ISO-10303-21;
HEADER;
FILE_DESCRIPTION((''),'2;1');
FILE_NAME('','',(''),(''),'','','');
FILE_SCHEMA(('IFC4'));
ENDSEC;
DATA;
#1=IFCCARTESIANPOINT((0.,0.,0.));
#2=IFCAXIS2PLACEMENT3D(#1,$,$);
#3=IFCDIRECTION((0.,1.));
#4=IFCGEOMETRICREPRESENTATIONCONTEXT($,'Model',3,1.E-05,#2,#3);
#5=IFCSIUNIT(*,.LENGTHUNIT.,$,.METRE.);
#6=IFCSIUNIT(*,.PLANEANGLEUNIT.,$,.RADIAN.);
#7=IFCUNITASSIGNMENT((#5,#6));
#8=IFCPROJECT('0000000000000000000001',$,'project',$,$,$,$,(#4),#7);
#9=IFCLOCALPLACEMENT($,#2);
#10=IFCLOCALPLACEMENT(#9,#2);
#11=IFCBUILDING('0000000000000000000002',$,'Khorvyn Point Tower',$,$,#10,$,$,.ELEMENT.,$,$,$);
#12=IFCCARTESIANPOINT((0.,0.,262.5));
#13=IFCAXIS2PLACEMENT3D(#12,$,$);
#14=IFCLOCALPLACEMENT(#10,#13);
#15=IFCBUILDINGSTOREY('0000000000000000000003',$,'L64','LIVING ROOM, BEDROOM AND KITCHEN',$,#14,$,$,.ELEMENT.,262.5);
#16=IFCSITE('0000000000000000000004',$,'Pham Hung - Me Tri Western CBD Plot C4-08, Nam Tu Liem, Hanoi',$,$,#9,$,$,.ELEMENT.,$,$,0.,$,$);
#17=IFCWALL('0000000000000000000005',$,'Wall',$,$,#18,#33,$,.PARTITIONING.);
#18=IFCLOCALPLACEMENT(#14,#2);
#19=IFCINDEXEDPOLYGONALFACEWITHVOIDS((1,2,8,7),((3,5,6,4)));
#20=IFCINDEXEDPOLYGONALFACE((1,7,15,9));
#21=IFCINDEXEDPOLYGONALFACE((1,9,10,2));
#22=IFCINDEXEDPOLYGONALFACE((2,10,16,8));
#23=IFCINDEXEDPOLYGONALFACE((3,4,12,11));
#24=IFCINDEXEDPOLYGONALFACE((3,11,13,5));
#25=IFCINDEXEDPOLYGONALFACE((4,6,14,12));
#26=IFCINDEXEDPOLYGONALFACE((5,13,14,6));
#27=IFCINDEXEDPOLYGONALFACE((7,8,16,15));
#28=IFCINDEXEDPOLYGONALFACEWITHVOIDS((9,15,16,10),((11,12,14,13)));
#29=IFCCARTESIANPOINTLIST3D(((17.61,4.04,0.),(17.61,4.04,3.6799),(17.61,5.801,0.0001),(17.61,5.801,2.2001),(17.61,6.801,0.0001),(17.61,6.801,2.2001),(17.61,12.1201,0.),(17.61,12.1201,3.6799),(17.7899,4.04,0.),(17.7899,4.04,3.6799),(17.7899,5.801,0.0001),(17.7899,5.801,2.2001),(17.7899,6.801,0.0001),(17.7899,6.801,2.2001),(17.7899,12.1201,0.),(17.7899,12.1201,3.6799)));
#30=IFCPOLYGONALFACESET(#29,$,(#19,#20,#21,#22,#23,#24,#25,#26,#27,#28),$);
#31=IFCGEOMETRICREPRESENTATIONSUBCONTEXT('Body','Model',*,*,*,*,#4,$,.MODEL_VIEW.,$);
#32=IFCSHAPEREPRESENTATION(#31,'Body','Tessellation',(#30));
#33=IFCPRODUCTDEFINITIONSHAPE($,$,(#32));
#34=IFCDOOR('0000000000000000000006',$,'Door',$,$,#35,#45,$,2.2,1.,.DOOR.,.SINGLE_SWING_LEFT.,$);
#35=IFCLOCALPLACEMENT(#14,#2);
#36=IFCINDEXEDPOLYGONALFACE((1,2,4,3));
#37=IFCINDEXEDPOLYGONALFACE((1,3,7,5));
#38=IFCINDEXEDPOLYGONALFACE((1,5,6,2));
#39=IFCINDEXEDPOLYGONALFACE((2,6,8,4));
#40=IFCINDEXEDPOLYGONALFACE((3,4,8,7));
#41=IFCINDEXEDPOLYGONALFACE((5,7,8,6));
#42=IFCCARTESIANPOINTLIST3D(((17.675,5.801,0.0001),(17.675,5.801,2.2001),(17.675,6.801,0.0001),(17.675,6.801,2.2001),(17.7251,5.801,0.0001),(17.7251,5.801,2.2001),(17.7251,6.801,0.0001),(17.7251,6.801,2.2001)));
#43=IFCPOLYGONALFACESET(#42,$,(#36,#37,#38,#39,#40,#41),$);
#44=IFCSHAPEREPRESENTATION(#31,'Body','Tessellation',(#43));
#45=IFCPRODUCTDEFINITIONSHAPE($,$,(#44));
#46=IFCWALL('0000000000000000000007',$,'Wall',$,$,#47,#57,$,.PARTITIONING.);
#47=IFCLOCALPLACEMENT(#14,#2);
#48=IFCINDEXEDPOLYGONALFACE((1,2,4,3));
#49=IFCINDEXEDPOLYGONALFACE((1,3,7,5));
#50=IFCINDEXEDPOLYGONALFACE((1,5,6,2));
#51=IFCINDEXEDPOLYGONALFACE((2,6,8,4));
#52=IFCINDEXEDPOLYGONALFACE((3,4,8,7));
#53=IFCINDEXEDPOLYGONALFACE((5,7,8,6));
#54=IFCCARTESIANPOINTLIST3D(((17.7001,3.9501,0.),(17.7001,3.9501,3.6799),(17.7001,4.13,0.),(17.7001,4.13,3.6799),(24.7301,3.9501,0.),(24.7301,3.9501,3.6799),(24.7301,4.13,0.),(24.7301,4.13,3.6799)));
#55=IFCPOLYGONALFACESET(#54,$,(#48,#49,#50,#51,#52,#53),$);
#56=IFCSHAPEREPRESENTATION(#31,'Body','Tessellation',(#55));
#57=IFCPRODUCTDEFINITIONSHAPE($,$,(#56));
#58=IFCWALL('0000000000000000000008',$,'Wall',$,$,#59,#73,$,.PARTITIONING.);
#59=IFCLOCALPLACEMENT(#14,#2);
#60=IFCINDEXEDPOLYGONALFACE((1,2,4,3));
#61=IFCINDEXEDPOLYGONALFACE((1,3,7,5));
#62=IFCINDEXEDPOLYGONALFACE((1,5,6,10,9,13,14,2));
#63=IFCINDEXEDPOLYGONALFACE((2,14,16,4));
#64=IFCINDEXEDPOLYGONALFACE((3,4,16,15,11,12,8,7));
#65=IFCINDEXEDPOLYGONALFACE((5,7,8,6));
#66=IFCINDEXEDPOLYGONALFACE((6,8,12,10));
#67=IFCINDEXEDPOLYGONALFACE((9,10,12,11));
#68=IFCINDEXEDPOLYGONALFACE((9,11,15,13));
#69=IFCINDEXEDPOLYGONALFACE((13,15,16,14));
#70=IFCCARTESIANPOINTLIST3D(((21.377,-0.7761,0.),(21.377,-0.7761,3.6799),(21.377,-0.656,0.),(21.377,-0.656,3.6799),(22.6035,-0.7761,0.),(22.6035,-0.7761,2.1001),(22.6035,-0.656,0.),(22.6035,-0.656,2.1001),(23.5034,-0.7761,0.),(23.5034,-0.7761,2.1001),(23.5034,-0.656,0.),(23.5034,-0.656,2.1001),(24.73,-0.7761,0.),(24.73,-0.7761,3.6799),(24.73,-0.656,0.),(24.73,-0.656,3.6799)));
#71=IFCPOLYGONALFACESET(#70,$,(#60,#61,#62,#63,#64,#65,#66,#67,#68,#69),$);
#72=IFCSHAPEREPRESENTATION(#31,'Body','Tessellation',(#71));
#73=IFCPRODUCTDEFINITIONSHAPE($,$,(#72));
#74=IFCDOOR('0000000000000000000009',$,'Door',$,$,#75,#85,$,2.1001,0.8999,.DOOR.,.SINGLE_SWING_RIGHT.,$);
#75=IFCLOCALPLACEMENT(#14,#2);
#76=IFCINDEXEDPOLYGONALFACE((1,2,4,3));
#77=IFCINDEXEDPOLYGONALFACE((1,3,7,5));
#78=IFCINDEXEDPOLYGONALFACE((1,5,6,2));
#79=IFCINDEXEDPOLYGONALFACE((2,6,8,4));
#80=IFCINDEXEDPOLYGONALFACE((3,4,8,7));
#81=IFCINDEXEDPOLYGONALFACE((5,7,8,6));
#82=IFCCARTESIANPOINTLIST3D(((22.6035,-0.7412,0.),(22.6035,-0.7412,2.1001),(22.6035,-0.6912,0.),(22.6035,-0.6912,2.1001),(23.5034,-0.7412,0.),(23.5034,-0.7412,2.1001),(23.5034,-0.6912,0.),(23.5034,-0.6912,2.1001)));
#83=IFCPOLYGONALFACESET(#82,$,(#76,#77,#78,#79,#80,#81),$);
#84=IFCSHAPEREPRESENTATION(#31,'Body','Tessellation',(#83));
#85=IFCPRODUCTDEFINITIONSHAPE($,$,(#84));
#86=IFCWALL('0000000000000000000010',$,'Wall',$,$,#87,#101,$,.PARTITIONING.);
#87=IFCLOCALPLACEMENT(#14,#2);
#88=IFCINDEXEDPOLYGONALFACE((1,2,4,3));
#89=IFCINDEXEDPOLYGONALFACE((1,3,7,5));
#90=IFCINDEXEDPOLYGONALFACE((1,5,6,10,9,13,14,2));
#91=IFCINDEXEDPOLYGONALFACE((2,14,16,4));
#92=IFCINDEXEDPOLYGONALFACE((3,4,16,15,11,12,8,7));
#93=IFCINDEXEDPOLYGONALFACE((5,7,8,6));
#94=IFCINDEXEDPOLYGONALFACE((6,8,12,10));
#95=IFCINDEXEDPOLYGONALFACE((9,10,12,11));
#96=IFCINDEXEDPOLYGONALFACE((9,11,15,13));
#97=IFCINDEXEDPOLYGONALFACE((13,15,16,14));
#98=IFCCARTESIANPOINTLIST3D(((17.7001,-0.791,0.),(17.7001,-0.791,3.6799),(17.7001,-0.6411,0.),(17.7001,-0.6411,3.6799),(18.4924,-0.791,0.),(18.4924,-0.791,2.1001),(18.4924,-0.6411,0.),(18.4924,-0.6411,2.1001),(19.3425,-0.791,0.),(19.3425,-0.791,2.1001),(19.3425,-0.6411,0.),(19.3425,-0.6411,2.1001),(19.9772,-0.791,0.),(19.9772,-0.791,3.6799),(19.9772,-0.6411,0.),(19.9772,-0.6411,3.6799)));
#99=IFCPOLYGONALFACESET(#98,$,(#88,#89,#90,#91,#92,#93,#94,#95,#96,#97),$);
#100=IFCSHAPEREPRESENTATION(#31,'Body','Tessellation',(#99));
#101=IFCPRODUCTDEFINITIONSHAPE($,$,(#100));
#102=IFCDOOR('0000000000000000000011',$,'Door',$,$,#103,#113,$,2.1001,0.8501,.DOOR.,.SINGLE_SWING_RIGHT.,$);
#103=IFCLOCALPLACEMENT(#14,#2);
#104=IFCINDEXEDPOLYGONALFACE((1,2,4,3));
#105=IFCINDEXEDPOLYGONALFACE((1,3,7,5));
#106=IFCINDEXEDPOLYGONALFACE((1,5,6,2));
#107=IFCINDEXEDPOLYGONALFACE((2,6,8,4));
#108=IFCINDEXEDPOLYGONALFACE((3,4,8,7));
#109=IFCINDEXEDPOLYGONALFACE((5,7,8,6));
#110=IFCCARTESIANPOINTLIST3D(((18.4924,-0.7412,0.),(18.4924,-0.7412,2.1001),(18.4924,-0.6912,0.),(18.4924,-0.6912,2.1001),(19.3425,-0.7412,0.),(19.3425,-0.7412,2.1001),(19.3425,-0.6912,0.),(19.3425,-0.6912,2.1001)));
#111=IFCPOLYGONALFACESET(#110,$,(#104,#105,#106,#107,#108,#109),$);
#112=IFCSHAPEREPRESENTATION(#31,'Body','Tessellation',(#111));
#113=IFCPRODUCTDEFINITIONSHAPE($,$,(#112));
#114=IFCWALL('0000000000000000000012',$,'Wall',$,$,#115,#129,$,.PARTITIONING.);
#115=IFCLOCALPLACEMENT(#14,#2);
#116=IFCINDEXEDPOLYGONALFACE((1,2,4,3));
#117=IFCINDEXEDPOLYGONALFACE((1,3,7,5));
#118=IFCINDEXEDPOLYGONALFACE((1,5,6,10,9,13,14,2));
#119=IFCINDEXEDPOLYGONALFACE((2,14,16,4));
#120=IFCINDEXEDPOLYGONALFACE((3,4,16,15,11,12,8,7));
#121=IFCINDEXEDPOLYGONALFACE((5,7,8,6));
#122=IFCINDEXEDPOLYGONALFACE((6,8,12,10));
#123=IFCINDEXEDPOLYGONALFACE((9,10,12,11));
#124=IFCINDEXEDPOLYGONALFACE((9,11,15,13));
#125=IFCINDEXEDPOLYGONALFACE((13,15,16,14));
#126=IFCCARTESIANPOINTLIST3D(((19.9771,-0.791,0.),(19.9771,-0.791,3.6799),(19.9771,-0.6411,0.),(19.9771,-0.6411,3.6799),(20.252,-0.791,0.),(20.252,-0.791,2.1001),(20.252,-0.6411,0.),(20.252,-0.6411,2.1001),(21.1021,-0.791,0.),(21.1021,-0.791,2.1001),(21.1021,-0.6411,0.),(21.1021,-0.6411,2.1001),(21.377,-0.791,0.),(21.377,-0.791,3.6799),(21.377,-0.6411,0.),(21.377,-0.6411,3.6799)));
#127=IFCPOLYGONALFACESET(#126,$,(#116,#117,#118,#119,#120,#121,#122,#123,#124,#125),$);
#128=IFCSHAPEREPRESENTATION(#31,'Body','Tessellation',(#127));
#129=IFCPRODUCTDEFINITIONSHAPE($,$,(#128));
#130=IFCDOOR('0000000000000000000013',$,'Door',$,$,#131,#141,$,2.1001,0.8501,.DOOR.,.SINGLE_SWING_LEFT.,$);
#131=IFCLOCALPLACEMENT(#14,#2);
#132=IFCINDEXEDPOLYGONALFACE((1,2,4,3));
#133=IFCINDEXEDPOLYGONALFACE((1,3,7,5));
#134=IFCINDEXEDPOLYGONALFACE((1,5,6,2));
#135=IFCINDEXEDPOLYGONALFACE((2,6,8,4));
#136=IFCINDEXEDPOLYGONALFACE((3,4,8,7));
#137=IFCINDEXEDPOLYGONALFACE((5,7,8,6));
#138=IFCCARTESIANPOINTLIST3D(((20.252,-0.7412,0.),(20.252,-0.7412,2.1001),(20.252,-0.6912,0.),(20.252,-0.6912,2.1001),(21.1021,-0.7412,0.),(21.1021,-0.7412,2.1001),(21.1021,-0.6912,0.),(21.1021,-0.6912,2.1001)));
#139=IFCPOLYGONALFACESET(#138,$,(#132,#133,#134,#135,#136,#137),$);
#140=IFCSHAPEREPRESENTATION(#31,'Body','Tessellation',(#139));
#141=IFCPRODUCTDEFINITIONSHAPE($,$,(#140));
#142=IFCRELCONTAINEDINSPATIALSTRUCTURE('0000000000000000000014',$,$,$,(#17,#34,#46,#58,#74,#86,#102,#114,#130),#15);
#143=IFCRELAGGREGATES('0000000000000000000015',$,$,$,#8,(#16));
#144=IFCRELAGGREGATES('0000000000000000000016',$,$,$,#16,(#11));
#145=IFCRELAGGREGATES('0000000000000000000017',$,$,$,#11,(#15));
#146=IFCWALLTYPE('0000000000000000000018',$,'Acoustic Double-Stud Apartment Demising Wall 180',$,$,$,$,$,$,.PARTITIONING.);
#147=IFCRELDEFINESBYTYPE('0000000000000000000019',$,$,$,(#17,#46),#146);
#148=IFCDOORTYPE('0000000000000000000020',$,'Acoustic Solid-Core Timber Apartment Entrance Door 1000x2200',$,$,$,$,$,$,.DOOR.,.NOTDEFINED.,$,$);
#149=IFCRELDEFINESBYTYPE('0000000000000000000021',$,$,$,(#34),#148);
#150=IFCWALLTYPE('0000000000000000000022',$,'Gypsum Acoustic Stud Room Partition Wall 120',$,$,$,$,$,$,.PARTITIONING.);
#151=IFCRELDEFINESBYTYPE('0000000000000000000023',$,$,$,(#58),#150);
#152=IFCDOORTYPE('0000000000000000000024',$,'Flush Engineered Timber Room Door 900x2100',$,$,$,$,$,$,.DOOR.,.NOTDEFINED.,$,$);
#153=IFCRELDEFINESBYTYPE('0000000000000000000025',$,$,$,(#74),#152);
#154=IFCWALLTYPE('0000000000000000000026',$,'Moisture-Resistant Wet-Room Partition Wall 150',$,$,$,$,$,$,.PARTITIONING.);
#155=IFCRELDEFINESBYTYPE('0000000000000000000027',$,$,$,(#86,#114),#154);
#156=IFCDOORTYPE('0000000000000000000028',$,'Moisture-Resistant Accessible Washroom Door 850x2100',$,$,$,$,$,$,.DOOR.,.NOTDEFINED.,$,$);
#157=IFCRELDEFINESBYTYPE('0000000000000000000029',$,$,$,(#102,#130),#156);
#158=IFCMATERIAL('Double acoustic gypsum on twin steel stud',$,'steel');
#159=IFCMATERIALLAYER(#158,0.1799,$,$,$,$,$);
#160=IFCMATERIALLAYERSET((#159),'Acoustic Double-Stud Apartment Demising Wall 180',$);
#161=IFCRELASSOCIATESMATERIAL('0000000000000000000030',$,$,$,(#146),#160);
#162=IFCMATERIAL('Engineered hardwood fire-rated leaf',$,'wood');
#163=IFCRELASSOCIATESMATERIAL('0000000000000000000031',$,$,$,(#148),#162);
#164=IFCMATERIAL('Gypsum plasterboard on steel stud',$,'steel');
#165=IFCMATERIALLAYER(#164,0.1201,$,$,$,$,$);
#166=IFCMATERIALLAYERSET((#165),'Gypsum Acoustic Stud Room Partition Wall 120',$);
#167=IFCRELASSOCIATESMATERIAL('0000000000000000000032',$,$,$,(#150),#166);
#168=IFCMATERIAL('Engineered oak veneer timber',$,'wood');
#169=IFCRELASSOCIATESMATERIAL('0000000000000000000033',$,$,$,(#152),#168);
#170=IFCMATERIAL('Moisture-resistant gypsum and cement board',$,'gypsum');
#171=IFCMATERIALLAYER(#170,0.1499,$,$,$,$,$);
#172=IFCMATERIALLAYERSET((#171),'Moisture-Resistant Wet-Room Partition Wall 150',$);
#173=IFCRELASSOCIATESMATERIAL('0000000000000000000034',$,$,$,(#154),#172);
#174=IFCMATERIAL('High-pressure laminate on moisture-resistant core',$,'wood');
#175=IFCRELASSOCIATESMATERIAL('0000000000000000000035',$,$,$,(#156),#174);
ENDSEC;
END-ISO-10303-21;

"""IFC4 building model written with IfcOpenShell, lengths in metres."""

from ifc_helpers import new_model, si_unit, direction, frame, frame_2d, origin, place, context, subcontext, project, spatial, rectangle, extrude, material, layer, layer_set, type_object, element, fill, save


model = new_model("IFC4")

# Units and contexts
model_context = context("Model", 3, precision=1e-05, world=origin(), true_north=direction((0.0, 1.0)))
body_context = subcontext(model_context, "Body", "Model", "MODEL_VIEW")
ifc_project = project(units=[si_unit("LENGTHUNIT", "METRE"), si_unit("PLANEANGLEUNIT", "RADIAN")], contexts=[model_context])

# Site, building, storey
site_placement = place(None, origin())
site = spatial("IfcSite", under=ifc_project, at=site_placement, Name="Pham Hung - Me Tri Western CBD Plot C4-08, Nam Tu Liem, Hanoi", CompositionType="ELEMENT", RefElevation=0.0)
building_placement = place(site_placement, origin())
building = spatial("IfcBuilding", under=site, at=building_placement, Name="Khorvyn Point Tower", CompositionType="ELEMENT")
storey_placement = place(building_placement, frame((0.0, 0.0, 262.5)))
storey = spatial("IfcBuildingStorey", under=building, at=storey_placement, Name="L64", Description="LIVING ROOM, BEDROOM AND KITCHEN", CompositionType="ELEMENT", Elevation=262.5)

# Wall, opening, door
ifc_material_1 = material(Name="Double acoustic gypsum on twin steel stud", Category="steel")
ifc_layer_1 = layer(ifc_material_1, 0.1799)
ifc_layer_set_1 = layer_set([ifc_layer_1], Name="Acoustic Double-Stud Apartment Demising Wall 180")
wall_type_1 = type_object("IfcWallType", Name="Acoustic Double-Stud Apartment Demising Wall 180", PredefinedType="PARTITIONING", material=ifc_layer_set_1)
wall_1_placement = place(storey_placement, frame((17.7, 4.04, 0.0), z_axis=(0.0, 0.0, 1.0), x_axis=(0.0, 1.0, 0.0)))
wall_1 = element("IfcWall", 1, at=wall_1_placement, inside=storey, type_object=wall_type_1, Name="Wall", PredefinedType="PARTITIONING", context=body_context, shape_type="SweptSolid", body=[
    extrude(rectangle(XDim=8.0801, YDim=0.1799, at=frame_2d((4.04, 0.0))), origin(), (0.0, 0.0, 1.0), 3.6799),
])
opening_1_placement = place(wall_1_placement, frame((1.761, 0.0, 0.0)))
opening_1 = element("IfcOpeningElement", 2, at=opening_1_placement, cuts=wall_1, PredefinedType="OPENING", context=body_context, shape_type="SweptSolid", body=[
    extrude(rectangle(XDim=1.0, YDim=2.2, at=frame_2d((0.5, 1.1001))), frame((0.0, 0.0999, 0.0), z_axis=(0.0, -1.0, 0.0), x_axis=(1.0, 0.0, 0.0)), (0.0, 0.0, 1.0), 0.2),
])
ifc_material_2 = material(Name="Engineered hardwood fire-rated leaf", Category="wood")
door_type_1 = type_object("IfcDoorType", Name="Acoustic Solid-Core Timber Apartment Entrance Door 1000x2200", OperationType="NOTDEFINED", PredefinedType="DOOR", material=ifc_material_2)
door_1_placement = place(opening_1_placement, origin())
door_1 = element("IfcDoor", 3, at=door_1_placement, inside=storey, type_object=door_type_1, Name="Door", OperationType="SINGLE_SWING_LEFT", OverallHeight=2.2, OverallWidth=1.0, PredefinedType="DOOR", context=body_context, shape_type="SweptSolid", body=[
    extrude(rectangle(XDim=1.0, YDim=2.2, at=frame_2d((0.5, 1.1001))), frame((0.0, 0.0249, 0.0), z_axis=(0.0, -1.0, 0.0), x_axis=(1.0, 0.0, 0.0)), (0.0, 0.0, 1.0), 0.05),
])
fill(opening_1, door_1)

# Wall
wall_2_placement = place(storey_placement, frame((17.7, 4.04, 0.0), z_axis=(0.0, 0.0, 1.0), x_axis=(1.0, 0.0, 0.0)))
element("IfcWall", 4, at=wall_2_placement, inside=storey, type_object=wall_type_1, Name="Wall", PredefinedType="PARTITIONING", context=body_context, shape_type="SweptSolid", body=[
    extrude(rectangle(XDim=7.03, YDim=0.1799, at=frame_2d((3.5151, 0.0))), origin(), (0.0, 0.0, 1.0), 3.6799),
])

# Walls, openings, doors
ifc_material_3 = material(Name="Gypsum plasterboard on steel stud", Category="steel")
ifc_layer_2 = layer(ifc_material_3, 0.1201)
ifc_layer_set_2 = layer_set([ifc_layer_2], Name="Gypsum Acoustic Stud Room Partition Wall 120")
wall_type_2 = type_object("IfcWallType", Name="Gypsum Acoustic Stud Room Partition Wall 120", PredefinedType="PARTITIONING", material=ifc_layer_set_2)
wall_3_placement = place(storey_placement, frame((21.377, -0.7161, 0.0), z_axis=(0.0, 0.0, 1.0), x_axis=(1.0, 0.0, 0.0)))
wall_3 = element("IfcWall", 5, at=wall_3_placement, inside=storey, type_object=wall_type_2, Name="Wall", PredefinedType="PARTITIONING", context=body_context, shape_type="SweptSolid", body=[
    extrude(rectangle(XDim=3.353, YDim=0.1201, at=frame_2d((1.6765, 0.0))), origin(), (0.0, 0.0, 1.0), 3.6799),
])
opening_2_placement = place(wall_3_placement, frame((1.2266, 0.0, 0.0)))
opening_2 = element("IfcOpeningElement", 6, at=opening_2_placement, cuts=wall_3, PredefinedType="OPENING", context=body_context, shape_type="SweptSolid", body=[
    extrude(rectangle(XDim=0.8999, YDim=2.1001, at=frame_2d((0.45, 1.05))), frame((0.0, 0.0701, 0.0), z_axis=(0.0, -1.0, 0.0), x_axis=(1.0, 0.0, 0.0)), (0.0, 0.0, 1.0), 0.1401),
])
ifc_material_4 = material(Name="Engineered oak veneer timber", Category="wood")
door_type_2 = type_object("IfcDoorType", Name="Flush Engineered Timber Room Door 900x2100", OperationType="NOTDEFINED", PredefinedType="DOOR", material=ifc_material_4)
door_2_placement = place(opening_2_placement, origin())
door_2 = element("IfcDoor", 7, at=door_2_placement, inside=storey, type_object=door_type_2, Name="Door", OperationType="SINGLE_SWING_RIGHT", OverallHeight=2.1001, OverallWidth=0.8999, PredefinedType="DOOR", context=body_context, shape_type="SweptSolid", body=[
    extrude(rectangle(XDim=0.8999, YDim=2.1001, at=frame_2d((0.45, 1.05))), frame((0.0, 0.0249, 0.0), z_axis=(0.0, -1.0, 0.0), x_axis=(1.0, 0.0, 0.0)), (0.0, 0.0, 1.0), 0.05),
])
fill(opening_2, door_2)
ifc_material_5 = material(Name="Moisture-resistant gypsum and cement board", Category="gypsum")
ifc_layer_3 = layer(ifc_material_5, 0.1499)
ifc_layer_set_3 = layer_set([ifc_layer_3], Name="Moisture-Resistant Wet-Room Partition Wall 150")
wall_type_3 = type_object("IfcWallType", Name="Moisture-Resistant Wet-Room Partition Wall 150", PredefinedType="PARTITIONING", material=ifc_layer_set_3)
wall_4_placement = place(storey_placement, frame((17.7, -0.7161, 0.0), z_axis=(0.0, 0.0, 1.0), x_axis=(1.0, 0.0, 0.0)))
wall_4 = element("IfcWall", 8, at=wall_4_placement, inside=storey, type_object=wall_type_3, Name="Wall", PredefinedType="PARTITIONING", context=body_context, shape_type="SweptSolid", body=[
    extrude(rectangle(XDim=2.2771, YDim=0.1499, at=frame_2d((1.1387, 0.0))), origin(), (0.0, 0.0, 1.0), 3.6799),
])
opening_3_placement = place(wall_4_placement, frame((0.7925, 0.0, 0.0)))
opening_3 = element("IfcOpeningElement", 9, at=opening_3_placement, cuts=wall_4, PredefinedType="OPENING", context=body_context, shape_type="SweptSolid", body=[
    extrude(rectangle(XDim=0.8501, YDim=2.1001, at=frame_2d((0.425, 1.05))), frame((0.0, 0.085, 0.0), z_axis=(0.0, -1.0, 0.0), x_axis=(1.0, 0.0, 0.0)), (0.0, 0.0, 1.0), 0.1699),
])
ifc_material_6 = material(Name="High-pressure laminate on moisture-resistant core", Category="wood")
door_type_3 = type_object("IfcDoorType", Name="Moisture-Resistant Accessible Washroom Door 850x2100", OperationType="NOTDEFINED", PredefinedType="DOOR", material=ifc_material_6)
door_3_placement = place(opening_3_placement, origin())
door_3 = element("IfcDoor", 10, at=door_3_placement, inside=storey, type_object=door_type_3, Name="Door", OperationType="SINGLE_SWING_RIGHT", OverallHeight=2.1001, OverallWidth=0.8501, PredefinedType="DOOR", context=body_context, shape_type="SweptSolid", body=[
    extrude(rectangle(XDim=0.8501, YDim=2.1001, at=frame_2d((0.425, 1.05))), frame((0.0, 0.0249, 0.0), z_axis=(0.0, -1.0, 0.0), x_axis=(1.0, 0.0, 0.0)), (0.0, 0.0, 1.0), 0.05),
])
fill(opening_3, door_3)
wall_5_placement = place(storey_placement, frame((19.9771, -0.7161, 0.0), z_axis=(0.0, 0.0, 1.0), x_axis=(1.0, 0.0, 0.0)))
wall_5 = element("IfcWall", 11, at=wall_5_placement, inside=storey, type_object=wall_type_3, Name="Wall", PredefinedType="PARTITIONING", context=body_context, shape_type="SweptSolid", body=[
    extrude(rectangle(XDim=1.3999, YDim=0.1499, at=frame_2d((0.7, 0.0))), origin(), (0.0, 0.0, 1.0), 3.6799),
])
opening_4_placement = place(wall_5_placement, frame((0.2749, 0.0, 0.0)))
opening_4 = element("IfcOpeningElement", 12, at=opening_4_placement, cuts=wall_5, PredefinedType="OPENING", context=body_context, shape_type="SweptSolid", body=[
    extrude(rectangle(XDim=0.8501, YDim=2.1001, at=frame_2d((0.425, 1.05))), frame((0.0, 0.085, 0.0), z_axis=(0.0, -1.0, 0.0), x_axis=(1.0, 0.0, 0.0)), (0.0, 0.0, 1.0), 0.1699),
])
door_4_placement = place(opening_4_placement, origin())
door_4 = element("IfcDoor", 13, at=door_4_placement, inside=storey, type_object=door_type_3, Name="Door", OperationType="SINGLE_SWING_LEFT", OverallHeight=2.1001, OverallWidth=0.8501, PredefinedType="DOOR", context=body_context, shape_type="SweptSolid", body=[
    extrude(rectangle(XDim=0.8501, YDim=2.1001, at=frame_2d((0.425, 1.05))), frame((0.0, 0.0249, 0.0), z_axis=(0.0, -1.0, 0.0), x_axis=(1.0, 0.0, 0.0)), (0.0, 0.0, 1.0), 0.05),
])
fill(opening_4, door_4)

save(model, "model.ifc")
